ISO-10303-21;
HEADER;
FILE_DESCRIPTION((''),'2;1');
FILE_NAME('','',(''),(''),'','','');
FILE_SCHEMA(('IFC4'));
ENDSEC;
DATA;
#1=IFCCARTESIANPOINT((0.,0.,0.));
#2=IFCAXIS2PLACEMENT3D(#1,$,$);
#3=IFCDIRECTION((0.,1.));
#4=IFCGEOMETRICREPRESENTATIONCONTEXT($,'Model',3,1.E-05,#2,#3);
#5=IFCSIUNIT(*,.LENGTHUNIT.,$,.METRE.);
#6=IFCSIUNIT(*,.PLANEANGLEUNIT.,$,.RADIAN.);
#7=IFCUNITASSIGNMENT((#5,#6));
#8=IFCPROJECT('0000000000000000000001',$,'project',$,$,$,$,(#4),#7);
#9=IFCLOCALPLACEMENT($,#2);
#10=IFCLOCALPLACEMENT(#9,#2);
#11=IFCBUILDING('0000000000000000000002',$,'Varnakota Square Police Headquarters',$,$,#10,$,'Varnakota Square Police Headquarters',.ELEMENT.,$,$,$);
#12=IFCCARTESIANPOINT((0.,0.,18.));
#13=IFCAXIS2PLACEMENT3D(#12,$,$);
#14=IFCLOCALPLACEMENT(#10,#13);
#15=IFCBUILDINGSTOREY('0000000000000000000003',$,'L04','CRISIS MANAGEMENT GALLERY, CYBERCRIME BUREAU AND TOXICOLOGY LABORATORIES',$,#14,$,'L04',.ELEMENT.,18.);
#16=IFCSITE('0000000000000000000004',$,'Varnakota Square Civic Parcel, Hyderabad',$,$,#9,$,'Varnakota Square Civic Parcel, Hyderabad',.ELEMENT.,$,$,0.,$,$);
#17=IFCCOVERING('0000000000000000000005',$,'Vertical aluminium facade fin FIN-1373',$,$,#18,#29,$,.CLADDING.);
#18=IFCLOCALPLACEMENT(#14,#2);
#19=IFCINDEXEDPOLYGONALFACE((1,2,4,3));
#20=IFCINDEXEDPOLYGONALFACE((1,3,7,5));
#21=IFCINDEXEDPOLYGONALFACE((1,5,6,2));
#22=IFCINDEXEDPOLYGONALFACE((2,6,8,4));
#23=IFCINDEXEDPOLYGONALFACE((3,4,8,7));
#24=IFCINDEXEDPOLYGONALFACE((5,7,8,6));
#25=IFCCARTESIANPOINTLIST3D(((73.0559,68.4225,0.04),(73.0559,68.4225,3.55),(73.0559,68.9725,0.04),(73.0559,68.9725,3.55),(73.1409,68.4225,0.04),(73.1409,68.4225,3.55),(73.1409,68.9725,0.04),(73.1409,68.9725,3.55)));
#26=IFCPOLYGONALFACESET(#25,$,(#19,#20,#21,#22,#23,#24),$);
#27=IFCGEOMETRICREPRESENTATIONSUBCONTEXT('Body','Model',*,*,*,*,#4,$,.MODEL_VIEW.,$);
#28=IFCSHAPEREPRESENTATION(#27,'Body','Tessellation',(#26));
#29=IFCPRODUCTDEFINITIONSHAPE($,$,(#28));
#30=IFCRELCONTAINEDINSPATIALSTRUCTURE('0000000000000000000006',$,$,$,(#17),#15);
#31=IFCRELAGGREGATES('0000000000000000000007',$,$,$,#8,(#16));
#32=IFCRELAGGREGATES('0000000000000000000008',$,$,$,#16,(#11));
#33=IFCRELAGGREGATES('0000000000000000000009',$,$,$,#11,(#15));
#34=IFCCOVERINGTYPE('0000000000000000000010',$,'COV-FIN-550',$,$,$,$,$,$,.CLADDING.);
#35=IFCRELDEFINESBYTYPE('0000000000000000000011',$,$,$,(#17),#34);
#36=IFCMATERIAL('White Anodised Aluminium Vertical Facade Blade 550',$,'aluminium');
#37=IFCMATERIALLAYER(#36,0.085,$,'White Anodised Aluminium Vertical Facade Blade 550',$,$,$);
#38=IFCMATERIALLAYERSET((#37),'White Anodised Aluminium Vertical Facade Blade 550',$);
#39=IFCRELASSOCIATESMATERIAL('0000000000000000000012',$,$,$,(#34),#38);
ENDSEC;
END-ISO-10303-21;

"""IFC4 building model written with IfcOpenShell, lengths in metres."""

from ifc_helpers import new_model, si_unit, direction, frame, origin, origin_2d, place, context, subcontext, project, spatial, rectangle, extrude, material, layer, layer_set, type_object, element, save


model = new_model("IFC4")

# Units and contexts
model_context = context("Model", 3, precision=1e-05, world=origin(), true_north=direction((0.0, 1.0)))
body_context = subcontext(model_context, "Body", "Model", "MODEL_VIEW")
ifc_project = project(units=[si_unit("LENGTHUNIT", "METRE"), si_unit("PLANEANGLEUNIT", "RADIAN")], contexts=[model_context])

# Site, building, storey
site_placement = place(None, origin())
site = spatial("IfcSite", under=ifc_project, at=site_placement, Name="Varnakota Square Civic Parcel, Hyderabad", LongName="Varnakota Square Civic Parcel, Hyderabad", CompositionType="ELEMENT", RefElevation=0.0)
building_placement = place(site_placement, origin())
building = spatial("IfcBuilding", under=site, at=building_placement, Name="Varnakota Square Police Headquarters", LongName="Varnakota Square Police Headquarters", CompositionType="ELEMENT")
storey_placement = place(building_placement, frame((0.0, 0.0, 18.0)))
storey = spatial("IfcBuildingStorey", under=building, at=storey_placement, Name="L04", Description="CRISIS MANAGEMENT GALLERY, CYBERCRIME BUREAU AND TOXICOLOGY LABORATORIES", LongName="L04", CompositionType="ELEMENT", Elevation=18.0)

# Covering
ifc_material_1 = material(Name="White Anodised Aluminium Vertical Facade Blade 550", Category="aluminium")
ifc_layer_1 = layer(ifc_material_1, 0.085, Name="White Anodised Aluminium Vertical Facade Blade 550")
ifc_layer_set_1 = layer_set([ifc_layer_1], Name="White Anodised Aluminium Vertical Facade Blade 550")
covering_type_1 = type_object("IfcCoveringType", Name="COV-FIN-550", PredefinedType="CLADDING", material=ifc_layer_set_1)
covering_1_placement = place(storey_placement, frame((73.0984, 68.6975, 0.04), z_axis=(0.0, 0.0, 1.0), x_axis=(1.0, 0.0, 0.0)))
element("IfcCovering", 1, at=covering_1_placement, inside=storey, type_object=covering_type_1, Name="Vertical aluminium facade fin FIN-1373", PredefinedType="CLADDING", context=body_context, shape_type="SweptSolid", body=[
    extrude(rectangle(XDim=0.085, YDim=0.55, at=origin_2d()), origin(), (0.0, 0.0, 1.0), 3.51),
])

save(model, "model.ifc")
